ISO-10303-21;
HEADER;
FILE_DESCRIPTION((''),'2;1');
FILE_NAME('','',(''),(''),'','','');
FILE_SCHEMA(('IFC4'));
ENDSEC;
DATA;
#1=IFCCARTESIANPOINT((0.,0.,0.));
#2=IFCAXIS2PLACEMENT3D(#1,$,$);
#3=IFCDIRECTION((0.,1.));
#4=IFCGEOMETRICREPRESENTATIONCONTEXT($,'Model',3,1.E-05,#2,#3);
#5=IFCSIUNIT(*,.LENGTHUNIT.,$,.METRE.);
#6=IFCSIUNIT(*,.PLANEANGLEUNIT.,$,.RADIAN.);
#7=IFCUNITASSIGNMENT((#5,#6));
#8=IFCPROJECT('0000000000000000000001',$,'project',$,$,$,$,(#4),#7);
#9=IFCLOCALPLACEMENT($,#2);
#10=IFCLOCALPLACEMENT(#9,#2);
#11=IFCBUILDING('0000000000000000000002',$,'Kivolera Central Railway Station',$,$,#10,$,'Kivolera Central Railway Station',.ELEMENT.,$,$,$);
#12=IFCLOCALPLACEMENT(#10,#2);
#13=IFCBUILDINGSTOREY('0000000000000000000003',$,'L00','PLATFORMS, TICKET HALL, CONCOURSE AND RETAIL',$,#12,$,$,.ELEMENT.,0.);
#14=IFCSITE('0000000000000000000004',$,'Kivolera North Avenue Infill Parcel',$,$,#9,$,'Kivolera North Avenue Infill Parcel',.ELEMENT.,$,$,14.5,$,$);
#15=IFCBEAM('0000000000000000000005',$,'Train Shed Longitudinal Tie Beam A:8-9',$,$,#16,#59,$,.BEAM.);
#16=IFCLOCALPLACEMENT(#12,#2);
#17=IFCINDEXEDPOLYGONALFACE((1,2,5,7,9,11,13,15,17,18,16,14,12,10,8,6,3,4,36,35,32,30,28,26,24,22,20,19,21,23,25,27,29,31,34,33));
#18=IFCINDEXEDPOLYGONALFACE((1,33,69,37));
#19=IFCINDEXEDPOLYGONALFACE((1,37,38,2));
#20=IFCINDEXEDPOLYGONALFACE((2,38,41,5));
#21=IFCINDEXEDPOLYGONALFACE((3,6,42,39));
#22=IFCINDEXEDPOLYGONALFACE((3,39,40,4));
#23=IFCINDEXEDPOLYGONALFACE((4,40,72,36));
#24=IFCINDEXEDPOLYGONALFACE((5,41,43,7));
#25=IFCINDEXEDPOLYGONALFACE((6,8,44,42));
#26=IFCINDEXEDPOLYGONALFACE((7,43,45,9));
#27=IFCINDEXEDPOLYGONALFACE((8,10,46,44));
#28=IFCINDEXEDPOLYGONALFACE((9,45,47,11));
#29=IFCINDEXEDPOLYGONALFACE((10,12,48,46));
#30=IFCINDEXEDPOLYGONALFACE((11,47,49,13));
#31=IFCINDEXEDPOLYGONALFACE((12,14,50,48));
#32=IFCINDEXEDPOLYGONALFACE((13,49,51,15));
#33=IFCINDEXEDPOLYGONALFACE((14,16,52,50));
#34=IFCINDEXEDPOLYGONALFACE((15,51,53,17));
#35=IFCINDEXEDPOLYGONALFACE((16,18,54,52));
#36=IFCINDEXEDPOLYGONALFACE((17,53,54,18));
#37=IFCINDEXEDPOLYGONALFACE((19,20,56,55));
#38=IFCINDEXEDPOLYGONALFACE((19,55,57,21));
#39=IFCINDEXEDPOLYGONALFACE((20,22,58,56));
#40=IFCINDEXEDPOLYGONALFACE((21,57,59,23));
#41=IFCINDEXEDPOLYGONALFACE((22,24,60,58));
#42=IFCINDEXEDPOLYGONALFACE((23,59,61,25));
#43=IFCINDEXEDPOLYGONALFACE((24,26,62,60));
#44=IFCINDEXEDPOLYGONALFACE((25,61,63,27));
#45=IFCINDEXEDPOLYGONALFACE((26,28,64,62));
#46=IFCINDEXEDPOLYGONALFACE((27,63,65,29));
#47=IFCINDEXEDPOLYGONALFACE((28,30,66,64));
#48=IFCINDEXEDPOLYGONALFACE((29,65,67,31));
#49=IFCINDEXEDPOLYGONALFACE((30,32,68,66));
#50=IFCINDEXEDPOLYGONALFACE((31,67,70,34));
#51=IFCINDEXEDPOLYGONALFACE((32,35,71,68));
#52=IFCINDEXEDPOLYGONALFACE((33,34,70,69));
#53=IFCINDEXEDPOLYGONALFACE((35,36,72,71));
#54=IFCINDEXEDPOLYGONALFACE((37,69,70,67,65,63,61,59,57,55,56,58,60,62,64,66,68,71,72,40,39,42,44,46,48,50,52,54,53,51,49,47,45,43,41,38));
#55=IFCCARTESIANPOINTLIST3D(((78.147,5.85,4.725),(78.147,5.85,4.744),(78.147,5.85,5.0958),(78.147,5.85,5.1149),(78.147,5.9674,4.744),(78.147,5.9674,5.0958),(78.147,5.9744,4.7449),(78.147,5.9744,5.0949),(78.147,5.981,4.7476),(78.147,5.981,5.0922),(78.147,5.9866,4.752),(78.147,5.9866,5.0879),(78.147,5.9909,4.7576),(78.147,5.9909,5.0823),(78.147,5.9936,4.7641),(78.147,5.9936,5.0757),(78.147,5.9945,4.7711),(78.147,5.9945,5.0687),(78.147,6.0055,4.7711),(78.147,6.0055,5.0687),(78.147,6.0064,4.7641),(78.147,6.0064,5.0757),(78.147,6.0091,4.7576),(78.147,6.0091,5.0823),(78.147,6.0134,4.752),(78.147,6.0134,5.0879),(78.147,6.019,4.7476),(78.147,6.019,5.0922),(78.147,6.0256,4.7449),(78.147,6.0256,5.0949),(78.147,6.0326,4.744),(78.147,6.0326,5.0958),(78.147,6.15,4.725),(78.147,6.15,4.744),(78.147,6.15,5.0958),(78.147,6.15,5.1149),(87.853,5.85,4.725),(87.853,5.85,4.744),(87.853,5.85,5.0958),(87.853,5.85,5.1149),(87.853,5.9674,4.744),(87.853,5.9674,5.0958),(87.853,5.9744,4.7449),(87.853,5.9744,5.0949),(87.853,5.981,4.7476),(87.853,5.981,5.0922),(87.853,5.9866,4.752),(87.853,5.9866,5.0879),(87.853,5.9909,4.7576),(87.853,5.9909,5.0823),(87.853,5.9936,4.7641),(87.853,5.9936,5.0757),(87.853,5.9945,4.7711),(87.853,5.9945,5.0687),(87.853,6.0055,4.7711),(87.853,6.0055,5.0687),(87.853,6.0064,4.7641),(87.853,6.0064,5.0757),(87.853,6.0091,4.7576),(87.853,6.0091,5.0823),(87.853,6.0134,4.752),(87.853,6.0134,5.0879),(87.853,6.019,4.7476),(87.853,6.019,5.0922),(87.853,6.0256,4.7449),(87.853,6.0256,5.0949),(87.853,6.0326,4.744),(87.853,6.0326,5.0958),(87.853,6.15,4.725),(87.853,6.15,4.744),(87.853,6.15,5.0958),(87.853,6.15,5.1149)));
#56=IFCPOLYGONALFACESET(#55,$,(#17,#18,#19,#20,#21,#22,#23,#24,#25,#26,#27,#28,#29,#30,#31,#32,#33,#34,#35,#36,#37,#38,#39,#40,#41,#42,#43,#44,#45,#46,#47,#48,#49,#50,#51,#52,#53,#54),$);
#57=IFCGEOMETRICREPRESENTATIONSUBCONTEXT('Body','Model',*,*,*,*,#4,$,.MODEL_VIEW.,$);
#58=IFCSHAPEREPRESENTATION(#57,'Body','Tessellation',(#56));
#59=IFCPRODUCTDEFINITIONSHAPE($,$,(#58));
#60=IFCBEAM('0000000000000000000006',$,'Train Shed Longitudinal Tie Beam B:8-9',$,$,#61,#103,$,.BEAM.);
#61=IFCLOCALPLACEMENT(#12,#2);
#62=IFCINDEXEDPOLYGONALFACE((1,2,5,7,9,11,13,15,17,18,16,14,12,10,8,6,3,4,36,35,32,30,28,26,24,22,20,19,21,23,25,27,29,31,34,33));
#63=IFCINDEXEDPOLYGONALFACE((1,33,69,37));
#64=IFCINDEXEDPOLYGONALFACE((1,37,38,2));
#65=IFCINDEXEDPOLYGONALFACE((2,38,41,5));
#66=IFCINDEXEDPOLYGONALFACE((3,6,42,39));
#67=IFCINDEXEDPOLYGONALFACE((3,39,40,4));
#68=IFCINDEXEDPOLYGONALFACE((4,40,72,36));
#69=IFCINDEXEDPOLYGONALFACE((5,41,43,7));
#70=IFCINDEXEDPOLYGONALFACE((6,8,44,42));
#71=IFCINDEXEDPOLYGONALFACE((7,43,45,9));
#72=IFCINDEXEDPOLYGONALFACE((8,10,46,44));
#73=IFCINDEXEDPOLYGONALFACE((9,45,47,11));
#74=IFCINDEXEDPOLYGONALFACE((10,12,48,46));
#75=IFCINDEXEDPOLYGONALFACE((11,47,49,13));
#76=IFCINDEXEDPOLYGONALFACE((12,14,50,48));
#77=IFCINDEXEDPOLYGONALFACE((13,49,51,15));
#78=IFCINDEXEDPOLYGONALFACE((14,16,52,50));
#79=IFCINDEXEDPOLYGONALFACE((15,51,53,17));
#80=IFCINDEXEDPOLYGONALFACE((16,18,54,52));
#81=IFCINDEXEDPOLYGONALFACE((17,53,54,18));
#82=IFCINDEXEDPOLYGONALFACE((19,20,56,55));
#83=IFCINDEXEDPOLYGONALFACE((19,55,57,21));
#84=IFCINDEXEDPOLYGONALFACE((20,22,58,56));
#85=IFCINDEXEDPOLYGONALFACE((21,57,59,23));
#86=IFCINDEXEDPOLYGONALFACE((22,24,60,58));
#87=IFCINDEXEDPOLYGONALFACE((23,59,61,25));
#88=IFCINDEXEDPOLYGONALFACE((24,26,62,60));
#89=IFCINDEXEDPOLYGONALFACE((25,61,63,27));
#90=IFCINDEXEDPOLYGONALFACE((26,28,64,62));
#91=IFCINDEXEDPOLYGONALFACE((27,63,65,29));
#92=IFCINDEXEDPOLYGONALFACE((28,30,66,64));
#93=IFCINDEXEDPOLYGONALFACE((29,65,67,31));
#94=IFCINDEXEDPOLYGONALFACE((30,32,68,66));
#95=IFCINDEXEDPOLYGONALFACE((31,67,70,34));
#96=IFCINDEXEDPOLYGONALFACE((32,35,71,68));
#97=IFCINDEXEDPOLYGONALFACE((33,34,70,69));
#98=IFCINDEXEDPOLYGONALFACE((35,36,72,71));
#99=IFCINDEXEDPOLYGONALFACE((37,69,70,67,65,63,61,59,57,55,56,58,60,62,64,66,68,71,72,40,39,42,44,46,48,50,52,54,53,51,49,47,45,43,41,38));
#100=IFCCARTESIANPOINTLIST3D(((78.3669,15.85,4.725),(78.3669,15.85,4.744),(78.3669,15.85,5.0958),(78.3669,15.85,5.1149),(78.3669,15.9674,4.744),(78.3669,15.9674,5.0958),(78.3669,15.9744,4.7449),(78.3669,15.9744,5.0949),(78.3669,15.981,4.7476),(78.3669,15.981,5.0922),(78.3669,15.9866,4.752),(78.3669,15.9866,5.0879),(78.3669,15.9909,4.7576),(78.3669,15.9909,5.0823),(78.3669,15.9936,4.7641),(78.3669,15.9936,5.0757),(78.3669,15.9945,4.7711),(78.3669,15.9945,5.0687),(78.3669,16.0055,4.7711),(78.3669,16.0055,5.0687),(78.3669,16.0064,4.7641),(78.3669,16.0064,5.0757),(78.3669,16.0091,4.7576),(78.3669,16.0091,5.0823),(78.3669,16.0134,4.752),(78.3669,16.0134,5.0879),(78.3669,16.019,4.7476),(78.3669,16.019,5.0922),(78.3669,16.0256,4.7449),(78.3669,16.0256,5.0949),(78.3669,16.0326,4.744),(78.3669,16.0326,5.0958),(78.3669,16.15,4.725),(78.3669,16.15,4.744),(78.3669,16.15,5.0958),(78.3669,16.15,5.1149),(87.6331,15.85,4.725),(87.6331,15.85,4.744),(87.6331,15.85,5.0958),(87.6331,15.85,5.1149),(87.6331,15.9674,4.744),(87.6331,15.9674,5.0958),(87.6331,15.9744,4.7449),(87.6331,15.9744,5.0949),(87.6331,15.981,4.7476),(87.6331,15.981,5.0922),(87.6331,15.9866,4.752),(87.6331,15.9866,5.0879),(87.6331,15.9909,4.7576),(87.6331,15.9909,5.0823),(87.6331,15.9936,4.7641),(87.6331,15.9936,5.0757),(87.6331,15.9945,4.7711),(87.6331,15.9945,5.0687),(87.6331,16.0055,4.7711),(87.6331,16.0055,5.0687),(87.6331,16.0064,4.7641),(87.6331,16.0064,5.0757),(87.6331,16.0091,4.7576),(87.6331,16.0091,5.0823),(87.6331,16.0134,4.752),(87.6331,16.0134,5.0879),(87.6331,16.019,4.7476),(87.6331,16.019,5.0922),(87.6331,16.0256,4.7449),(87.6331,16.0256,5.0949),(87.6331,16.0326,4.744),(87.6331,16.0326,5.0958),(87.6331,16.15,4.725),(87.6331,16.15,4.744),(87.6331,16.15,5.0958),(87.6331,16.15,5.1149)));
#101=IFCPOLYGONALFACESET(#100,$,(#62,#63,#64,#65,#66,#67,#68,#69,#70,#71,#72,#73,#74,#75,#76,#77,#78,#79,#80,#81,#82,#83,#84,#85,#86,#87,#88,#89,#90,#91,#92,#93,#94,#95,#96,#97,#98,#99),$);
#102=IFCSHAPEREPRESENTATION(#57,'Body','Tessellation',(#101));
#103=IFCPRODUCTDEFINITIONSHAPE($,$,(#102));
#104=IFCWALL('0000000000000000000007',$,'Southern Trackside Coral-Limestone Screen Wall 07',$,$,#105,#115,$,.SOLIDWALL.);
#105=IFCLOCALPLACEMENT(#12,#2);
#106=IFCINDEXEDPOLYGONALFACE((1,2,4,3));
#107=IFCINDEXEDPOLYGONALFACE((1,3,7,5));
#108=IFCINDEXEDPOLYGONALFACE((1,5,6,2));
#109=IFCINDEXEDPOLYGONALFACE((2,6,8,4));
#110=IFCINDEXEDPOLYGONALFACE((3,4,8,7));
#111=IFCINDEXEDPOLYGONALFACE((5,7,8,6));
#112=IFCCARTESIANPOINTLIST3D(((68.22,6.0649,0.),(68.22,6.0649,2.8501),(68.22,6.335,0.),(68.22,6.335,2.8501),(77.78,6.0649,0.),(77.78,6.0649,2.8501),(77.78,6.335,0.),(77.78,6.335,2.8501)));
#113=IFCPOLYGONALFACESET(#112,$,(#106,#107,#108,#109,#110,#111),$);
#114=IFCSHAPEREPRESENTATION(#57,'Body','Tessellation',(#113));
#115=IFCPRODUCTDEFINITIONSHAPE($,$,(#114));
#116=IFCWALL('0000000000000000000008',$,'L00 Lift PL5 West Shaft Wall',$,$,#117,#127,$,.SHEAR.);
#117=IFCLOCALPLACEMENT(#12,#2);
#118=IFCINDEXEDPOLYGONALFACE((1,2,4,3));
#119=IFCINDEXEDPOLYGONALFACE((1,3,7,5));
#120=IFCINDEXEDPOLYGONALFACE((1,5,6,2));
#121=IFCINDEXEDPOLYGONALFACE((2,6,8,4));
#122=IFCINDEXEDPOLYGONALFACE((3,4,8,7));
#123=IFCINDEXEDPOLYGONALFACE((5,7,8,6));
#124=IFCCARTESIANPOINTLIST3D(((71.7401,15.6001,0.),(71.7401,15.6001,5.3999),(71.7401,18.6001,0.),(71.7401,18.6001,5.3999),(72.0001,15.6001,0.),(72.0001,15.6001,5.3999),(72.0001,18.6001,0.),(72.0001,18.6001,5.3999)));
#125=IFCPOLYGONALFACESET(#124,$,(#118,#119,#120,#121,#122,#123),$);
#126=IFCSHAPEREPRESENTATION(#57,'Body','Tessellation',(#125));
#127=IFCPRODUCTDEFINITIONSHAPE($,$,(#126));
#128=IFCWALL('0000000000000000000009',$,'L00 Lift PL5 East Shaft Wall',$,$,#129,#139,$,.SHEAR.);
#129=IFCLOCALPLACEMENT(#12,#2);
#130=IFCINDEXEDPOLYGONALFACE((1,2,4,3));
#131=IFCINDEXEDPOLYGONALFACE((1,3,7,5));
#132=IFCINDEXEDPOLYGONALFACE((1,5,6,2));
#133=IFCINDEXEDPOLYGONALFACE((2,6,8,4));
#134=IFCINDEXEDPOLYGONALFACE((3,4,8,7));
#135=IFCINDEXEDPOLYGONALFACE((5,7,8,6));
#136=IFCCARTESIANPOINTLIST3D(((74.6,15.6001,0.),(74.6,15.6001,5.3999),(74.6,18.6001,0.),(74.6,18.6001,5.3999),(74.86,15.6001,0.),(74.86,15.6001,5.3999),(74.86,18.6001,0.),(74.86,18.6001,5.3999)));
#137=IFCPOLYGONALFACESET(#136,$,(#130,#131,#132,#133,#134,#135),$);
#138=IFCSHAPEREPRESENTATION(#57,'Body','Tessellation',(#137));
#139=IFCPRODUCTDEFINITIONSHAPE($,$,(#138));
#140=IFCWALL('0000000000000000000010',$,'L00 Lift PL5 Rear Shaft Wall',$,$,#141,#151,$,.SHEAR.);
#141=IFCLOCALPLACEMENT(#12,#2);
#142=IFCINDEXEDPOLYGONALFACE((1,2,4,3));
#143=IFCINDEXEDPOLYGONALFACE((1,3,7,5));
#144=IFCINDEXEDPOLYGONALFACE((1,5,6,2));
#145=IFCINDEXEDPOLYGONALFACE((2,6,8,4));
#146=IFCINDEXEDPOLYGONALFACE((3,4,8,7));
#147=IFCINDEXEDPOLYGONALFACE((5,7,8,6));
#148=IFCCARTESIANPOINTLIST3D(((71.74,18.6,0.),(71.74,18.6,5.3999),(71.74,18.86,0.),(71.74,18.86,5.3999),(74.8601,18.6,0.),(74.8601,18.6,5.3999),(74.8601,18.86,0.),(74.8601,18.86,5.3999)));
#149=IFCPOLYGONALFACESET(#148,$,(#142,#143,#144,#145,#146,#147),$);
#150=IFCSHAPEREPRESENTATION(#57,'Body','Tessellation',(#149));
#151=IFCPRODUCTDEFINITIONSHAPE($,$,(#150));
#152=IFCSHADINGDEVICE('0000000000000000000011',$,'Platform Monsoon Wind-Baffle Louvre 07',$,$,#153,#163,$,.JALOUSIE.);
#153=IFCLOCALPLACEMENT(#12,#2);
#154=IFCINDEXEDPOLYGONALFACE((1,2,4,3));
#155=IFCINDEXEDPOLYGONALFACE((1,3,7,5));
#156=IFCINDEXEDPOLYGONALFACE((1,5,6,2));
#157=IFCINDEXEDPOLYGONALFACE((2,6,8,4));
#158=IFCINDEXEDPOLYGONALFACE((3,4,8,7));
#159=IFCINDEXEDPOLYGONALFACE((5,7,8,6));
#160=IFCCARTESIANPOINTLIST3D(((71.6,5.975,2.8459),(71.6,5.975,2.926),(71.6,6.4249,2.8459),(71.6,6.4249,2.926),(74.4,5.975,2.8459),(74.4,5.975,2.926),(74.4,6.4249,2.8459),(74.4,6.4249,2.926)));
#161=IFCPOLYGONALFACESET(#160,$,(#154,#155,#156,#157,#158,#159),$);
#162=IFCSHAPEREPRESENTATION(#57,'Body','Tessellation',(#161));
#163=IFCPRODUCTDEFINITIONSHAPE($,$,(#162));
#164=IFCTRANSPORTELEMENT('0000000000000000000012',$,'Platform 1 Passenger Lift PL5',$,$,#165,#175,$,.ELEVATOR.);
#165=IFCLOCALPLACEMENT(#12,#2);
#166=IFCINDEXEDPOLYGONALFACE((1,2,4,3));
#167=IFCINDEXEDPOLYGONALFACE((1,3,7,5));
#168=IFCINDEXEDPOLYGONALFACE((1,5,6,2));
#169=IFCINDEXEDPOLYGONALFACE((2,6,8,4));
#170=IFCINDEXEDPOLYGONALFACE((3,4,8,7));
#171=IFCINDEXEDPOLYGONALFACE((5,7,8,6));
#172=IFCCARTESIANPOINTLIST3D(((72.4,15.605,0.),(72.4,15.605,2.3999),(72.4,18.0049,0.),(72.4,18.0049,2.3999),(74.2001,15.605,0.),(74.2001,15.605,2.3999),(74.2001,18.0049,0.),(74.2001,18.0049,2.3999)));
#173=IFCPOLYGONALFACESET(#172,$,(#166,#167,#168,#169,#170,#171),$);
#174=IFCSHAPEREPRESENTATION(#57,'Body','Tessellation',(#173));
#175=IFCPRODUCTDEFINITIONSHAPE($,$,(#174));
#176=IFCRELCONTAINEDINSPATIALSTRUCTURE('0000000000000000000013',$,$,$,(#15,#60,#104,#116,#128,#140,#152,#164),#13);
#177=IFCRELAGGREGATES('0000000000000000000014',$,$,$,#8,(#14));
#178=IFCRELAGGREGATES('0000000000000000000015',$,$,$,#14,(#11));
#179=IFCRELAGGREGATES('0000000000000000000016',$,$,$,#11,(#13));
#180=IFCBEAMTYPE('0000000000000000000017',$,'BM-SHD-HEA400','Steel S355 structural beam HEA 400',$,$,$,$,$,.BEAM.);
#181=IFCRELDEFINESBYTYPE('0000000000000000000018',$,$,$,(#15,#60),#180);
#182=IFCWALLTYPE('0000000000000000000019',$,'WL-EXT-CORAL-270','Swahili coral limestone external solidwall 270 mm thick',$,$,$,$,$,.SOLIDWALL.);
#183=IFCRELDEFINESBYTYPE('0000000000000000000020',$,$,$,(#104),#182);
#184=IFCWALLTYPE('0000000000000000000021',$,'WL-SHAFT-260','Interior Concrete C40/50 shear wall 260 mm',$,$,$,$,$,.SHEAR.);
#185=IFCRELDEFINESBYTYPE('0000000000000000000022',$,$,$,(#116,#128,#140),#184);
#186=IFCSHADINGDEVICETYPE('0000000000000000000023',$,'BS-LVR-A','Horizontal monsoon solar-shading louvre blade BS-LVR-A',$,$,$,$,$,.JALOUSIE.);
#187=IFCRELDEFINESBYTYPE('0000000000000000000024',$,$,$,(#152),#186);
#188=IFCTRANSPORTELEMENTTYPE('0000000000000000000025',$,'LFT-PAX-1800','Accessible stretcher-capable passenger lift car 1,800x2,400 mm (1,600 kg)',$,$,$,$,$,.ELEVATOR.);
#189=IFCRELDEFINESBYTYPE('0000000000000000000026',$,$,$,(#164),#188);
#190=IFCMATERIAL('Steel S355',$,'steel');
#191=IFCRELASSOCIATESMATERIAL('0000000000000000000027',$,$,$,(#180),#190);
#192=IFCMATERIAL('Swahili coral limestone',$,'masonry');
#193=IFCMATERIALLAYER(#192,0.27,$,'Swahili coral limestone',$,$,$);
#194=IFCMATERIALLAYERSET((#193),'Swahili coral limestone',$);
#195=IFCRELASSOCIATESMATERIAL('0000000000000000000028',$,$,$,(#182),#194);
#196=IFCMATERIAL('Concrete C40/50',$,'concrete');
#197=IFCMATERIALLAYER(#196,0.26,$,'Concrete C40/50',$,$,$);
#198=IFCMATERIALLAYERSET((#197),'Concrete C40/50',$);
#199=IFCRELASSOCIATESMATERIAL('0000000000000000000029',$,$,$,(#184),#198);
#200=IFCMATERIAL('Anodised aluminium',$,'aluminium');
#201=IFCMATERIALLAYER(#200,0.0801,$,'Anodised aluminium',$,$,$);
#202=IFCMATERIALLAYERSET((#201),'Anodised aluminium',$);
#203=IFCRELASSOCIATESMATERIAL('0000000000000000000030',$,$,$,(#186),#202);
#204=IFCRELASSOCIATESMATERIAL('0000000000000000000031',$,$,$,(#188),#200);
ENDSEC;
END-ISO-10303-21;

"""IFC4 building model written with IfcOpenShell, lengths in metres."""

from ifc_helpers import new_model, si_unit, direction, frame, frame_2d, origin, origin_2d, place, context, subcontext, project, spatial, rectangle, i_section, extrude, material, layer, layer_set, material_profile, profile_set, type_object, element, save


model = new_model("IFC4")

# Units and contexts
model_context = context("Model", 3, precision=1e-05, world=origin(), true_north=direction((0.0, 1.0)))
body_context = subcontext(model_context, "Body", "Model", "MODEL_VIEW")
ifc_project = project(units=[si_unit("LENGTHUNIT", "METRE"), si_unit("PLANEANGLEUNIT", "RADIAN")], contexts=[model_context])

# Site, building, storey
site_placement = place(None, origin())
site = spatial("IfcSite", under=ifc_project, at=site_placement, Name="Kivolera North Avenue Infill Parcel", LongName="Kivolera North Avenue Infill Parcel", CompositionType="ELEMENT", RefElevation=14.5)
building_placement = place(site_placement, origin())
building = spatial("IfcBuilding", under=site, at=building_placement, Name="Kivolera Central Railway Station", LongName="Kivolera Central Railway Station", CompositionType="ELEMENT")
storey_placement = place(building_placement, origin())
storey = spatial("IfcBuildingStorey", under=building, at=storey_placement, Name="L00", Description="PLATFORMS, TICKET HALL, CONCOURSE AND RETAIL", CompositionType="ELEMENT", Elevation=0.0)

# Shared definitions
ifc_material_1 = material(Name="Concrete C40/50", Category="concrete")
ifc_material_2 = material(Name="Steel S355", Category="steel")

# Beams
ifc_material_profile_1 = material_profile(ifc_material_2, i_section(OverallWidth=0.3, OverallDepth=0.3899, WebThickness=0.011, FlangeThickness=0.019, FilletRadius=0.0271, at=origin_2d()), Name="HEA 400")
ifc_profile_set_1 = profile_set([ifc_material_profile_1], Name="Steel S355")
beam_type = type_object("IfcBeamType", Name="BM-SHD-HEA400", Description="Steel S355 structural beam HEA 400", PredefinedType="BEAM", material=ifc_profile_set_1)
beam_1_placement = place(storey_placement, frame((78.147, 6.0, 4.9199), z_axis=(1.0, 0.0, 0.0), x_axis=(0.0, 1.0, 0.0)))
element("IfcBeam", 1, at=beam_1_placement, inside=storey, type_object=beam_type, Name="Train Shed Longitudinal Tie Beam A:8-9", PredefinedType="BEAM", context=body_context, shape_type="SweptSolid", body=[
    extrude(i_section(OverallWidth=0.3, OverallDepth=0.3899, WebThickness=0.011, FlangeThickness=0.019, FilletRadius=0.0271, at=origin_2d()), origin(), (0.0, 0.0, 1.0), 9.7061),
])
beam_2_placement = place(storey_placement, frame((78.3669, 16.0, 4.9199), z_axis=(1.0, 0.0, 0.0), x_axis=(0.0, 1.0, 0.0)))
element("IfcBeam", 2, at=beam_2_placement, inside=storey, type_object=beam_type, Name="Train Shed Longitudinal Tie Beam B:8-9", PredefinedType="BEAM", context=body_context, shape_type="SweptSolid", body=[
    extrude(i_section(OverallWidth=0.3, OverallDepth=0.3899, WebThickness=0.011, FlangeThickness=0.019, FilletRadius=0.0271, at=origin_2d()), origin(), (0.0, 0.0, 1.0), 9.2661),
])

# Wall
ifc_material_3 = material(Name="Swahili coral limestone", Category="masonry")
ifc_layer_1 = layer(ifc_material_3, 0.27, Name="Swahili coral limestone")
ifc_layer_set_1 = layer_set([ifc_layer_1], Name="Swahili coral limestone")
wall_type_1 = type_object("IfcWallType", Name="WL-EXT-CORAL-270", Description="Swahili coral limestone external solidwall 270 mm thick", PredefinedType="SOLIDWALL", material=ifc_layer_set_1)
wall_1_placement = place(storey_placement, frame((77.78, 6.2, 0.0), z_axis=(0.0, 0.0, 1.0), x_axis=(-1.0, 0.0, 0.0)))
element("IfcWall", 3, at=wall_1_placement, inside=storey, type_object=wall_type_1, Name="Southern Trackside Coral-Limestone Screen Wall 07", PredefinedType="SOLIDWALL", context=body_context, shape_type="SweptSolid", body=[
    extrude(rectangle(XDim=9.5601, YDim=0.27, at=frame_2d((4.78, 0.0))), origin(), (0.0, 0.0, 1.0), 2.8501),
])

# Shared definitions
ifc_layer_2 = layer(ifc_material_1, 0.26, Name="Concrete C40/50")
ifc_layer_set_2 = layer_set([ifc_layer_2], Name="Concrete C40/50")
wall_type_2 = type_object("IfcWallType", Name="WL-SHAFT-260", Description="Interior Concrete C40/50 shear wall 260 mm", PredefinedType="SHEAR", material=ifc_layer_set_2)
ifc_material_4 = material(Name="Anodised aluminium", Category="aluminium")

# Walls
for number, where, z_axis, x_axis, name in (
    (4, (71.8701, 15.6001, 0.0), (0.0, 0.0, 1.0), (0.0, 1.0, 0.0), "L00 Lift PL5 West Shaft Wall"),
    (5, (74.73, 15.6001, 0.0), (0.0, 0.0, 1.0), (0.0, 1.0, 0.0), "L00 Lift PL5 East Shaft Wall"),
):
    element("IfcWall", number, at=place(storey_placement, frame(where, z_axis=z_axis, x_axis=x_axis)), inside=storey, type_object=wall_type_2, Name=name, PredefinedType="SHEAR", context=body_context, shape_type="SweptSolid", body=[
        extrude(rectangle(XDim=3.0, YDim=0.26, at=frame_2d((1.5, 0.0))), origin(), (0.0, 0.0, 1.0), 5.3999),
    ])
wall_2_placement = place(storey_placement, frame((71.74, 18.73, 0.0), z_axis=(0.0, 0.0, 1.0), x_axis=(1.0, 0.0, 0.0)))
element("IfcWall", 6, at=wall_2_placement, inside=storey, type_object=wall_type_2, Name="L00 Lift PL5 Rear Shaft Wall", PredefinedType="SHEAR", context=body_context, shape_type="SweptSolid", body=[
    extrude(rectangle(XDim=3.1201, YDim=0.26, at=frame_2d((1.5601, 0.0))), origin(), (0.0, 0.0, 1.0), 5.3999),
])

# Shading device
ifc_layer_3 = layer(ifc_material_4, 0.0801, Name="Anodised aluminium")
ifc_layer_set_3 = layer_set([ifc_layer_3], Name="Anodised aluminium")
shading_device_type = type_object("IfcShadingDeviceType", Name="BS-LVR-A", Description="Horizontal monsoon solar-shading louvre blade BS-LVR-A", PredefinedType="JALOUSIE", material=ifc_layer_set_3)
shading_device_placement = place(storey_placement, frame((73.0, 6.2, 2.8459), z_axis=(0.0, 0.0, 1.0), x_axis=(1.0, 0.0, 0.0)))
element("IfcShadingDevice", 7, at=shading_device_placement, inside=storey, type_object=shading_device_type, Name="Platform Monsoon Wind-Baffle Louvre 07", PredefinedType="JALOUSIE", context=body_context, shape_type="SweptSolid", body=[
    extrude(rectangle(XDim=2.8, YDim=0.45, at=origin_2d()), origin(), (0.0, 0.0, 1.0), 0.0801),
])

# Transport element
transport_element_type = type_object("IfcTransportElementType", Name="LFT-PAX-1800", Description="Accessible stretcher-capable passenger lift car 1,800x2,400 mm (1,600 kg)", PredefinedType="ELEVATOR", material=ifc_material_4)
transport_element_placement = place(storey_placement, frame((73.3, 16.8049, 0.0), z_axis=(0.0, 0.0, 1.0), x_axis=(1.0, 0.0, 0.0)))
element("IfcTransportElement", 8, at=transport_element_placement, inside=storey, type_object=transport_element_type, Name="Platform 1 Passenger Lift PL5", PredefinedType="ELEVATOR", context=body_context, shape_type="SweptSolid", body=[
    extrude(rectangle(XDim=1.8, YDim=2.3999, at=origin_2d()), origin(), (0.0, 0.0, 1.0), 2.3999),
])

save(model, "model.ifc")
